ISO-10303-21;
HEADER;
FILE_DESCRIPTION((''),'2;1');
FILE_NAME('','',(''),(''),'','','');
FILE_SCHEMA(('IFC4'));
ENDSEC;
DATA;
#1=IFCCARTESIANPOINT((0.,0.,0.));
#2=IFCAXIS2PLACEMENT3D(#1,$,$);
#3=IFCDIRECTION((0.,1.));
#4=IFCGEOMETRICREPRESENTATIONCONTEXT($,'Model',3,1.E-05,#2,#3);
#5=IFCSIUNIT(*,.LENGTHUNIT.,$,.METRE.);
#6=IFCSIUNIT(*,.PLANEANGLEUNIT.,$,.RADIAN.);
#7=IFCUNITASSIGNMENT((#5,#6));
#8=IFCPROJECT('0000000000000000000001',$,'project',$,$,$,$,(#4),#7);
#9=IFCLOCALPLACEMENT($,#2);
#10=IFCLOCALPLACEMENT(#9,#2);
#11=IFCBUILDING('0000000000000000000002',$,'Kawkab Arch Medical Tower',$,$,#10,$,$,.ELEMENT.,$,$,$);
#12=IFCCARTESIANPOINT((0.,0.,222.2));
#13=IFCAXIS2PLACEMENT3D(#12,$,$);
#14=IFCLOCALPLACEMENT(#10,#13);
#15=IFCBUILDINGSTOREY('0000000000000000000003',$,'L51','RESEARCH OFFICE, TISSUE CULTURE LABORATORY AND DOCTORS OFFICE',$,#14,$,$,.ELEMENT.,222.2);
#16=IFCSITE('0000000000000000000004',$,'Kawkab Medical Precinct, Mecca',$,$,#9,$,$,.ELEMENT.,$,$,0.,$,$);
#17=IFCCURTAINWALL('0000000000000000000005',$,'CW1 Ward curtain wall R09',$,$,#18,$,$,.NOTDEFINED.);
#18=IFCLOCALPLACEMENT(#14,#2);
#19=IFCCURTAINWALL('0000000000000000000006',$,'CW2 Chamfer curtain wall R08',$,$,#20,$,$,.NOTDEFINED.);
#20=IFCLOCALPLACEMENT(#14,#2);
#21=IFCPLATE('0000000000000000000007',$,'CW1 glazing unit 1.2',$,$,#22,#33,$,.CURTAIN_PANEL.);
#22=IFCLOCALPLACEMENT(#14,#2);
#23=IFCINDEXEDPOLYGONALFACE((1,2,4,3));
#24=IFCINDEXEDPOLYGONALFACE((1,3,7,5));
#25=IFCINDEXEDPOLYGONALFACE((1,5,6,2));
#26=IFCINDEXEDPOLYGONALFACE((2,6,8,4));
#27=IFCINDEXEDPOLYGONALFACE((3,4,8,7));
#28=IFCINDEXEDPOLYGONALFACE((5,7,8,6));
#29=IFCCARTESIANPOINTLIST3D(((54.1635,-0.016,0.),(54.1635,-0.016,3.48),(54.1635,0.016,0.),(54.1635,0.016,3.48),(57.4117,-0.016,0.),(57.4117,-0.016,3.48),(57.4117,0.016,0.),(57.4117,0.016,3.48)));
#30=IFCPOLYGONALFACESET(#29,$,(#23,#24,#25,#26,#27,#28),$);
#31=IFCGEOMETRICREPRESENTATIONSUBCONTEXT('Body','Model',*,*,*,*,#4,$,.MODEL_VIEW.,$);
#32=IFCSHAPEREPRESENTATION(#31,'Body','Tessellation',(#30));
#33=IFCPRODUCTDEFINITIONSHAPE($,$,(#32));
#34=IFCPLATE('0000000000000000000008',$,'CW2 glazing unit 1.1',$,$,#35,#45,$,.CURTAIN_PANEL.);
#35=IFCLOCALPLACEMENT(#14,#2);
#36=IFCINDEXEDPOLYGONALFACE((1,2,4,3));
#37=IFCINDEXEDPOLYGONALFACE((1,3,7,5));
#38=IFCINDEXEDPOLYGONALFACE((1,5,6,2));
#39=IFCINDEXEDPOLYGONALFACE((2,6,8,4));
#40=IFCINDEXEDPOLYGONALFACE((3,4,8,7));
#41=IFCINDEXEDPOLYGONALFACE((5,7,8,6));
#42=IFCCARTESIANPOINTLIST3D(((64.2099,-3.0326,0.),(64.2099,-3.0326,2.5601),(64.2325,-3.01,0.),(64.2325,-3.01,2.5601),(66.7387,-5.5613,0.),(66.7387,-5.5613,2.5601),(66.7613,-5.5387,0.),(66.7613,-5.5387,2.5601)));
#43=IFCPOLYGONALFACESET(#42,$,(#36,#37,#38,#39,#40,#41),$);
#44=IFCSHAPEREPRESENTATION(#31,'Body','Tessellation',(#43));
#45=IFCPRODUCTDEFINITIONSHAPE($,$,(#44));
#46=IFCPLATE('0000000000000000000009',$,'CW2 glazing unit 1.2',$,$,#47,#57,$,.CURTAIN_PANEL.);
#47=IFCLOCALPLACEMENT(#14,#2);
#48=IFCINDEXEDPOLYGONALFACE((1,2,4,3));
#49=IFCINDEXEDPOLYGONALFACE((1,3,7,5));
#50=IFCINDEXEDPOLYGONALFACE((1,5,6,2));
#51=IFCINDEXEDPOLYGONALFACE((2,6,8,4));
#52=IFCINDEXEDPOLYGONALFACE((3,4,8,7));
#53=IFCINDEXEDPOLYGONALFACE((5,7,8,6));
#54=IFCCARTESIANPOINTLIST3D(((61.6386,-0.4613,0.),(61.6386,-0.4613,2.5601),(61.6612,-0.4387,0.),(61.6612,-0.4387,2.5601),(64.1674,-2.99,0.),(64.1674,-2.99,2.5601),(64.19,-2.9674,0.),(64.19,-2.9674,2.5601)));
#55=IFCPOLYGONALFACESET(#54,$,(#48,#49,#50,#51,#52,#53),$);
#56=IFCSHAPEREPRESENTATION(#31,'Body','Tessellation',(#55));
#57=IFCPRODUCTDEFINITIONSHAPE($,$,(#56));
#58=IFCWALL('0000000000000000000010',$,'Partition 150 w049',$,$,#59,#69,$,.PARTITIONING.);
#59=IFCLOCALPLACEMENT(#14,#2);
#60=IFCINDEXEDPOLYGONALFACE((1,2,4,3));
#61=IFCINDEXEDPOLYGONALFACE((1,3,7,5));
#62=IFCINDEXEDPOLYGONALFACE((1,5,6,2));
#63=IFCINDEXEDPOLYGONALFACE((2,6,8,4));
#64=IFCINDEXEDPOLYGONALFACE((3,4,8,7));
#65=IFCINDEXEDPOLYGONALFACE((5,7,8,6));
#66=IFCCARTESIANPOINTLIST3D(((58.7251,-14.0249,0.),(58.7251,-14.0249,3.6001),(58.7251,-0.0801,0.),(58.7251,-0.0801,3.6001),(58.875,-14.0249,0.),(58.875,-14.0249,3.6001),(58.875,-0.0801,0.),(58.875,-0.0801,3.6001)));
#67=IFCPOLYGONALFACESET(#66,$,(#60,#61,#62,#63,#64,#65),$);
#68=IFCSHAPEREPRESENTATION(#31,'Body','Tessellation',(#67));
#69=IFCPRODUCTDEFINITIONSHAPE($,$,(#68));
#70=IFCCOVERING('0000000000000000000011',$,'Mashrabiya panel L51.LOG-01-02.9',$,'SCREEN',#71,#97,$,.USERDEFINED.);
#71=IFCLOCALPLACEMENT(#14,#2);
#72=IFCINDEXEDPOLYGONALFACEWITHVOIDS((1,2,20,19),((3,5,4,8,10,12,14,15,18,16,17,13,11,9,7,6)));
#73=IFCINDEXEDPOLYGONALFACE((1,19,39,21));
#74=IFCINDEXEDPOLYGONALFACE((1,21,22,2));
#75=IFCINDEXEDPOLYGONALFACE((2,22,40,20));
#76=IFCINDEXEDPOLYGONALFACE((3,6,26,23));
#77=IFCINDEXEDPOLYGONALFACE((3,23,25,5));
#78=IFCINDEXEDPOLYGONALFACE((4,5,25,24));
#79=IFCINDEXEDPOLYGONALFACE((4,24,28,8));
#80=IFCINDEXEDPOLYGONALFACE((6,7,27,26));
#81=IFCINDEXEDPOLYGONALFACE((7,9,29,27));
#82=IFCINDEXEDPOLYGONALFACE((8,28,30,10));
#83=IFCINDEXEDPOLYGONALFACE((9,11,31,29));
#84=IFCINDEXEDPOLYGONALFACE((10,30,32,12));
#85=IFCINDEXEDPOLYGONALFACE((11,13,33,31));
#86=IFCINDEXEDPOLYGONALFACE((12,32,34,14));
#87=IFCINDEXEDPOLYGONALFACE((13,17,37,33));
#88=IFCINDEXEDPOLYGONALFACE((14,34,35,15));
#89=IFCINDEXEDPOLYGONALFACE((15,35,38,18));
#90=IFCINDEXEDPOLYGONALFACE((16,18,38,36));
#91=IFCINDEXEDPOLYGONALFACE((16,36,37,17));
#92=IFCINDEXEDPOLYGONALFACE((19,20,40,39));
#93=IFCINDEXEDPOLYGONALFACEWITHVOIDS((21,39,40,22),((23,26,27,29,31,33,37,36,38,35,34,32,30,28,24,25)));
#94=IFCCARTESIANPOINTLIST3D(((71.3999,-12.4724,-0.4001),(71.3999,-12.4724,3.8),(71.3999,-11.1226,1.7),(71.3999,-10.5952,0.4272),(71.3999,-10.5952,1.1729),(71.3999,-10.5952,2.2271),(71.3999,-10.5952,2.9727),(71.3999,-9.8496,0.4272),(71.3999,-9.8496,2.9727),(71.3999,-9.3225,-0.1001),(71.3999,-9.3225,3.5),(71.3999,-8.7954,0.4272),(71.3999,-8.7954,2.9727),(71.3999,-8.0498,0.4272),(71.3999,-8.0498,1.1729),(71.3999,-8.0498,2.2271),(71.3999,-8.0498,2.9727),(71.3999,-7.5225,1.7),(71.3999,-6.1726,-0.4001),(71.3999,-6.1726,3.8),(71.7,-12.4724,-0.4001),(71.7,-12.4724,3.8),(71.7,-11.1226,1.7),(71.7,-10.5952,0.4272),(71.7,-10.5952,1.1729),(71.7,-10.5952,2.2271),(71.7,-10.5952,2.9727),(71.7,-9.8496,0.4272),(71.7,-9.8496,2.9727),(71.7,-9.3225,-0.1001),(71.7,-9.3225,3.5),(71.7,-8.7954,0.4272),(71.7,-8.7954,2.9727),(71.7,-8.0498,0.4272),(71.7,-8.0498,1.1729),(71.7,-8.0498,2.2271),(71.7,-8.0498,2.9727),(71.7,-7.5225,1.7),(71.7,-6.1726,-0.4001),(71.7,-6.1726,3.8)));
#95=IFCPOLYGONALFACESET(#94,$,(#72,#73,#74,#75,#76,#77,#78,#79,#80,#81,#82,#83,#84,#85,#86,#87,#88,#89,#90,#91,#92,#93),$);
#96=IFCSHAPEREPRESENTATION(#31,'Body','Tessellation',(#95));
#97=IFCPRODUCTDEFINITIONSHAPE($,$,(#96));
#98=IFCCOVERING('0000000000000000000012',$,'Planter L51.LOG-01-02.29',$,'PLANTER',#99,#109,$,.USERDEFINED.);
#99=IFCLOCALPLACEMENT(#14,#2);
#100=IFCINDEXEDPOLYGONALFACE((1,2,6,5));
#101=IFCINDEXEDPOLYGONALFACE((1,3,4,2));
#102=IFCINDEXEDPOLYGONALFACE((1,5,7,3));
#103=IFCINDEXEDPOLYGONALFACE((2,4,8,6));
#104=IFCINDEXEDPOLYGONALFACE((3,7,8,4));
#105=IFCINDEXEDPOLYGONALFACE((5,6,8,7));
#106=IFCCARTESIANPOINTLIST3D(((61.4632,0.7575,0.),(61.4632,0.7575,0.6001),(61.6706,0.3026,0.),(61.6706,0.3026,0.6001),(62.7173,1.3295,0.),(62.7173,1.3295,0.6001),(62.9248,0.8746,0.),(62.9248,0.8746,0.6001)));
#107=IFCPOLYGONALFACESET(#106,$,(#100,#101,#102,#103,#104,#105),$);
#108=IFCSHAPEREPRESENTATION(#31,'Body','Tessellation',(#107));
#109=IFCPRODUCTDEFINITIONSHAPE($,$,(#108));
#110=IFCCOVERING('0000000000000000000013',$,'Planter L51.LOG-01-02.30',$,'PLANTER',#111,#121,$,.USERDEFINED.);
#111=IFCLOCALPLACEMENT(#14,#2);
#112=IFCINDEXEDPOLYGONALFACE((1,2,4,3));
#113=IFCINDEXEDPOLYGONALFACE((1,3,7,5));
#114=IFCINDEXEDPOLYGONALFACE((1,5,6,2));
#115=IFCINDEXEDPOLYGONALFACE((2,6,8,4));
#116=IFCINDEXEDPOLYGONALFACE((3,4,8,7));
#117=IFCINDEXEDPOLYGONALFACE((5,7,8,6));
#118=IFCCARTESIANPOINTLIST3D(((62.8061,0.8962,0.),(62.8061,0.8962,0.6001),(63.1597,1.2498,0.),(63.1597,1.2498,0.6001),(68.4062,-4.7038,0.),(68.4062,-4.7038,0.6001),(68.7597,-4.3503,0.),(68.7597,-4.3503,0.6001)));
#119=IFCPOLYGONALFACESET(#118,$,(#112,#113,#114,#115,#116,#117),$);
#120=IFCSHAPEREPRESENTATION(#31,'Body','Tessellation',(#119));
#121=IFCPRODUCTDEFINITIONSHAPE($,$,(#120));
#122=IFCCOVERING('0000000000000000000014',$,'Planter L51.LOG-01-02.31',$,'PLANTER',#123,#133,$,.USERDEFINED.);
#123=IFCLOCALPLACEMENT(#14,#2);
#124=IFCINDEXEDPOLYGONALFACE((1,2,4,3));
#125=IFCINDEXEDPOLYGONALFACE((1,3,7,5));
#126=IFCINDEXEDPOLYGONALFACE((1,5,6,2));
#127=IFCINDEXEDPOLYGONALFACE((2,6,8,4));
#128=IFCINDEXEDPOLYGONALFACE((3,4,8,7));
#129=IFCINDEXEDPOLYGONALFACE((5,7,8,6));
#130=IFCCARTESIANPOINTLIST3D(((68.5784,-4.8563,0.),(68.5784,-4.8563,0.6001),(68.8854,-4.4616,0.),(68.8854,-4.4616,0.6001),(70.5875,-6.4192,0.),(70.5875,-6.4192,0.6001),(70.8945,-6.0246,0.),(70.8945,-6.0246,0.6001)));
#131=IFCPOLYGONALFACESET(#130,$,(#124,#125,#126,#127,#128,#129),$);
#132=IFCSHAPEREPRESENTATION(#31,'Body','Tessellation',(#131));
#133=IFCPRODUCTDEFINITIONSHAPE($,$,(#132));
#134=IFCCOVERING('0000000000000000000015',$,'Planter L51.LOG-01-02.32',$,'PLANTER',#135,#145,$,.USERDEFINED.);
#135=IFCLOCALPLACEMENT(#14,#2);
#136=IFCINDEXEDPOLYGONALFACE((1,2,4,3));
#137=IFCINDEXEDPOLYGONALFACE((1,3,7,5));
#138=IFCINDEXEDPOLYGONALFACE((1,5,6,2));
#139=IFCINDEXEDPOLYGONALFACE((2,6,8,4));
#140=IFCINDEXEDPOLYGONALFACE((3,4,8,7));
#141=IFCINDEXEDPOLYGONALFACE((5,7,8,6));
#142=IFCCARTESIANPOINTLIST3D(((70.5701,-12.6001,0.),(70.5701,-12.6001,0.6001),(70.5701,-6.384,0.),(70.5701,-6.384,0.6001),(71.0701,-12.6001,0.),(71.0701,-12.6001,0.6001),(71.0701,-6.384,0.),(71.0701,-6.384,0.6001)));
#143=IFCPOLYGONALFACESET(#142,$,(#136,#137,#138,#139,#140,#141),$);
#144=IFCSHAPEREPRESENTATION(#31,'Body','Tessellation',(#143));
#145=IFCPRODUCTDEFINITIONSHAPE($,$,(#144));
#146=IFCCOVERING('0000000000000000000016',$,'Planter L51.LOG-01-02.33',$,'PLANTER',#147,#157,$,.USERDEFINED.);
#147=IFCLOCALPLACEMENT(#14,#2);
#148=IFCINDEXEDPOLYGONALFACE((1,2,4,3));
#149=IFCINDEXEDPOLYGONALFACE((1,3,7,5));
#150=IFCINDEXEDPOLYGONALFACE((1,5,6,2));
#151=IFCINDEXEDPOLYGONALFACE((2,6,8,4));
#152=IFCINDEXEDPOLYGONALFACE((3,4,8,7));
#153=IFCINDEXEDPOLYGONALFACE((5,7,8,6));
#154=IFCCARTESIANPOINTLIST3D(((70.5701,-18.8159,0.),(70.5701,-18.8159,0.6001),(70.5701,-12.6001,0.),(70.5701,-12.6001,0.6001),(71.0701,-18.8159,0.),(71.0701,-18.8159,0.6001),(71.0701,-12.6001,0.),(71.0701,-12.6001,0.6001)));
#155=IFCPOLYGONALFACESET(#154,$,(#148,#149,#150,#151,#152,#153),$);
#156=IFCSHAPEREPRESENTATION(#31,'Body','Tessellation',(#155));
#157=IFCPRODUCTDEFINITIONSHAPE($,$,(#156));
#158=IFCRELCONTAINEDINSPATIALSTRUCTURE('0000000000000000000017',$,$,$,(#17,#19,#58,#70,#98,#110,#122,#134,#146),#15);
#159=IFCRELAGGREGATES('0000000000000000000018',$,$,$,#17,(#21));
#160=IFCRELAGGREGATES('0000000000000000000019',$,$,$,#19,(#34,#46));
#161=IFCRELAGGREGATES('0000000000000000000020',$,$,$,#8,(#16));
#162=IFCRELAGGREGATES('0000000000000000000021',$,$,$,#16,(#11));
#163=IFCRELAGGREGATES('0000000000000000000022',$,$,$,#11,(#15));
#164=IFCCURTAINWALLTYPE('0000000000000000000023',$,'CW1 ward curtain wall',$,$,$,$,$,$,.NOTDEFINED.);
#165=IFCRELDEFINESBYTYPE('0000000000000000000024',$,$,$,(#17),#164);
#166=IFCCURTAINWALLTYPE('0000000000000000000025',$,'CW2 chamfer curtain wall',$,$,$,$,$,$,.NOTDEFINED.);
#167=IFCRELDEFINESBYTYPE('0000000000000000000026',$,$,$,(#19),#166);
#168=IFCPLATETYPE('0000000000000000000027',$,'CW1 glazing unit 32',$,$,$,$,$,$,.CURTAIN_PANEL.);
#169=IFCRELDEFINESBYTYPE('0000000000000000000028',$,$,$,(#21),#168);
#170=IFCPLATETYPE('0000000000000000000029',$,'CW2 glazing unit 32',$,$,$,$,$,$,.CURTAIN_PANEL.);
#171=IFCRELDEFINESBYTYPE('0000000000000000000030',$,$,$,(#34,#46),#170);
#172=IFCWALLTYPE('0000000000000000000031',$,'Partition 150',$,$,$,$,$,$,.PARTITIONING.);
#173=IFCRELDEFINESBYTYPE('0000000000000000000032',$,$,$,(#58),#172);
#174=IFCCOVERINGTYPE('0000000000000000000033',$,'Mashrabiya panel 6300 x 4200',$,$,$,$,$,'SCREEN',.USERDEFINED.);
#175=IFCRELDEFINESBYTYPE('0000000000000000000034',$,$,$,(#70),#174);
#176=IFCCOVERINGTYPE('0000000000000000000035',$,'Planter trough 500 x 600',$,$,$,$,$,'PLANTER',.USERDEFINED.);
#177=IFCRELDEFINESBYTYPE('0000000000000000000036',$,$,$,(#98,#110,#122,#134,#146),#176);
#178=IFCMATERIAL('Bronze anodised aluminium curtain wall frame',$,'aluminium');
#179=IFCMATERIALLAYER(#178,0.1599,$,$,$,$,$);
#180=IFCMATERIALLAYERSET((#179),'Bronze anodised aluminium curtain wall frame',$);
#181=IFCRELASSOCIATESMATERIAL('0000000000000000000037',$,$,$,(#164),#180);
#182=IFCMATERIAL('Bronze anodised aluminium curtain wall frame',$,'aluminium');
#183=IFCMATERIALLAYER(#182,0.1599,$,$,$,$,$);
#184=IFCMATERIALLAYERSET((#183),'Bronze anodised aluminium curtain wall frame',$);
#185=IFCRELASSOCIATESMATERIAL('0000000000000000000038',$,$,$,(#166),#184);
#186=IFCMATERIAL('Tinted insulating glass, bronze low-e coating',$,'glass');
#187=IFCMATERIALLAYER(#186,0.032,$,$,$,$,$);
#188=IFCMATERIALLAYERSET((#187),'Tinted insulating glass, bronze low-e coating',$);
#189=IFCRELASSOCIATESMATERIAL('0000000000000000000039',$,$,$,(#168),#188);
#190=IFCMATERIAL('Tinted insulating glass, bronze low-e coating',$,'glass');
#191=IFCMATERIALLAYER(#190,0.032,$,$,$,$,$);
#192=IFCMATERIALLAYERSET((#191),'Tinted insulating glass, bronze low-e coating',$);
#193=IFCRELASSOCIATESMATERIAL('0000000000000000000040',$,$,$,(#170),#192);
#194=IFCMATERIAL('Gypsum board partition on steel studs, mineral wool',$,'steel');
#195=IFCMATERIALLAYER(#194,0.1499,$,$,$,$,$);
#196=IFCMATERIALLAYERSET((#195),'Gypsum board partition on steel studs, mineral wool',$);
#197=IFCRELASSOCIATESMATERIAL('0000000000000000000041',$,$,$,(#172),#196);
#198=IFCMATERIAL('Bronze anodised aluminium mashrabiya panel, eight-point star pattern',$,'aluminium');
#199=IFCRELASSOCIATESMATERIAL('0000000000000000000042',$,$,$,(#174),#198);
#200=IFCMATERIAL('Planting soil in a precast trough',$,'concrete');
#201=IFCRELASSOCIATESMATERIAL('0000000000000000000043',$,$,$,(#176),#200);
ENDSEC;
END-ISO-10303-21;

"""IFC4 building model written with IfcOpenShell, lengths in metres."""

from ifc_helpers import new_model, si_unit, direction, frame, frame_2d, origin, origin_2d, place, context, subcontext, project, spatial, polyline, rectangle, outline, extrude, material, layer, layer_set, material_profile, profile_set, type_object, element, aggregate, save


model = new_model("IFC4")

# Units and contexts
model_context = context("Model", 3, precision=1e-05, world=origin(), true_north=direction((0.0, 1.0)))
body_context = subcontext(model_context, "Body", "Model", "MODEL_VIEW")
ifc_project = project(units=[si_unit("LENGTHUNIT", "METRE"), si_unit("PLANEANGLEUNIT", "RADIAN")], contexts=[model_context])

# Site, building, storey
site_placement = place(None, origin())
site = spatial("IfcSite", under=ifc_project, at=site_placement, Name="Kawkab Medical Precinct, Mecca", CompositionType="ELEMENT", RefElevation=0.0)
building_placement = place(site_placement, origin())
building = spatial("IfcBuilding", under=site, at=building_placement, Name="Kawkab Arch Medical Tower", CompositionType="ELEMENT")
storey_placement = place(building_placement, frame((0.0, 0.0, 222.2)))
storey = spatial("IfcBuildingStorey", under=building, at=storey_placement, Name="L51", Description="RESEARCH OFFICE, TISSUE CULTURE LABORATORY AND DOCTORS OFFICE", CompositionType="ELEMENT", Elevation=222.2)

# Curtain walls
ifc_material_1 = material(Name="Bronze anodised aluminium curtain wall frame", Category="aluminium")
ifc_layer_1 = layer(ifc_material_1, 0.1599)
ifc_layer_set_1 = layer_set([ifc_layer_1], Name="Bronze anodised aluminium curtain wall frame")
curtain_wall_type_1 = type_object("IfcCurtainWallType", Name="CW1 ward curtain wall", PredefinedType="NOTDEFINED", material=ifc_layer_set_1)
placement = place(storey_placement, origin())
curtain_wall_1 = element("IfcCurtainWall", 1, at=placement, inside=storey, type_object=curtain_wall_type_1, Name="CW1 Ward curtain wall R09", PredefinedType="NOTDEFINED")
ifc_material_2 = material(Name="Bronze anodised aluminium curtain wall frame", Category="aluminium")
ifc_layer_2 = layer(ifc_material_2, 0.1599)
ifc_layer_set_2 = layer_set([ifc_layer_2], Name="Bronze anodised aluminium curtain wall frame")
curtain_wall_type_2 = type_object("IfcCurtainWallType", Name="CW2 chamfer curtain wall", PredefinedType="NOTDEFINED", material=ifc_layer_set_2)
curtain_wall_2 = element("IfcCurtainWall", 2, at=placement, inside=storey, type_object=curtain_wall_type_2, Name="CW2 Chamfer curtain wall R08", PredefinedType="NOTDEFINED")

# Shared definitions
ifc_material_3 = material(Name="Tinted insulating glass, bronze low-e coating", Category="glass")
ifc_layer_3 = layer(ifc_material_3, 0.032)
ifc_layer_set_3 = layer_set([ifc_layer_3], Name="Tinted insulating glass, bronze low-e coating")
plate_type_1 = type_object("IfcPlateType", Name="CW1 glazing unit 32", PredefinedType="CURTAIN_PANEL", material=ifc_layer_set_3)

# Plates
plate_1_placement = place(storey_placement, frame((55.7876, 0.0, 0.0), z_axis=(0.0, 0.0, 1.0), x_axis=(-1.0, 0.0, 0.0)))
plate_1 = element("IfcPlate", 3, at=plate_1_placement, type_object=plate_type_1, Name="CW1 glazing unit 1.2", PredefinedType="CURTAIN_PANEL", context=body_context, shape_type="SweptSolid", body=[
    extrude(rectangle(XDim=3.2483, YDim=0.032, at=origin_2d()), origin(), (0.0, 0.0, 1.0), 3.48),
])
aggregate(curtain_wall_1, [plate_1])
ifc_material_4 = material(Name="Tinted insulating glass, bronze low-e coating", Category="glass")
ifc_layer_4 = layer(ifc_material_4, 0.032)
ifc_layer_set_4 = layer_set([ifc_layer_4], Name="Tinted insulating glass, bronze low-e coating")
plate_type_2 = type_object("IfcPlateType", Name="CW2 glazing unit 32", PredefinedType="CURTAIN_PANEL", material=ifc_layer_set_4)
plate_2_placement = place(storey_placement, frame((65.4856, -4.2856, 0.0), z_axis=(0.0, 0.0, 1.0), x_axis=(-0.707107, 0.707107, 0.0)))
plate_2 = element("IfcPlate", 4, at=plate_2_placement, type_object=plate_type_2, Name="CW2 glazing unit 1.1", PredefinedType="CURTAIN_PANEL", context=body_context, shape_type="SweptSolid", body=[
    extrude(rectangle(XDim=3.5762, YDim=0.032, at=origin_2d()), origin(), (0.0, 0.0, 1.0), 2.5601),
])
plate_3_placement = place(storey_placement, frame((62.9143, -1.7144, 0.0), z_axis=(0.0, 0.0, 1.0), x_axis=(-0.707107, 0.707107, 0.0)))
plate_3 = element("IfcPlate", 5, at=plate_3_placement, type_object=plate_type_2, Name="CW2 glazing unit 1.2", PredefinedType="CURTAIN_PANEL", context=body_context, shape_type="SweptSolid", body=[
    extrude(rectangle(XDim=3.5762, YDim=0.032, at=origin_2d()), origin(), (0.0, 0.0, 1.0), 2.5601),
])
aggregate(curtain_wall_2, [plate_2, plate_3])

# Wall
ifc_material_5 = material(Name="Gypsum board partition on steel studs, mineral wool", Category="steel")
ifc_layer_5 = layer(ifc_material_5, 0.1499)
ifc_layer_set_5 = layer_set([ifc_layer_5], Name="Gypsum board partition on steel studs, mineral wool")
wall_type = type_object("IfcWallType", Name="Partition 150", PredefinedType="PARTITIONING", material=ifc_layer_set_5)
wall_placement = place(storey_placement, frame((58.8, -14.0249, 0.0), z_axis=(0.0, 0.0, 1.0), x_axis=(0.0, 1.0, 0.0)))
element("IfcWall", 6, at=wall_placement, inside=storey, type_object=wall_type, Name="Partition 150 w049", PredefinedType="PARTITIONING", context=body_context, shape_type="SweptSolid", body=[
    extrude(rectangle(XDim=13.9448, YDim=0.1499, at=frame_2d((6.9724, 0.0))), origin(), (0.0, 0.0, 1.0), 3.6001),
])

# Coverings
ifc_material_6 = material(Name="Bronze anodised aluminium mashrabiya panel, eight-point star pattern", Category="aluminium")
ifc_material_profile_1 = material_profile(ifc_material_6, outline(polyline([(-3.1499, -2.1001), (3.1499, -2.1001), (3.1499, 2.1001), (-3.1499, 2.1001), (-3.1499, -2.1001)]), holes=[polyline([(1.8, 0.0), (1.2727, 0.5271), (1.2727, 1.2727), (0.5271, 1.2727), (0.0, 1.8), (-0.5271, 1.2727), (-1.2727, 1.2727), (-1.2727, 0.5271), (-1.8, 0.0), (-1.2727, -0.5271), (-1.2727, -1.2727), (-0.5271, -1.2727), (0.0, -1.8), (0.5271, -1.2727), (1.2727, -1.2727), (1.2727, -0.5271), (1.8, 0.0)])]), Name="Mashrabiya panel 6300x4200")
ifc_profile_set_1 = profile_set([ifc_material_profile_1], Name="Bronze anodised aluminium mashrabiya panel, eight-point star pattern")
covering_type_1 = type_object("IfcCoveringType", Name="Mashrabiya panel 6300 x 4200", ElementType="SCREEN", PredefinedType="USERDEFINED", material=ifc_profile_set_1)
covering_1_placement = place(storey_placement, frame((71.3999, -9.3225, 1.7), z_axis=(1.0, 0.0, 0.0), x_axis=(0.0, 1.0, 0.0)))
element("IfcCovering", 7, at=covering_1_placement, inside=storey, type_object=covering_type_1, Name="Mashrabiya panel L51.LOG-01-02.9", ObjectType="SCREEN", PredefinedType="USERDEFINED", context=body_context, shape_type="SweptSolid", body=[
    extrude(outline(polyline([(-3.1499, -2.1001), (3.1499, -2.1001), (3.1499, 2.1001), (-3.1499, 2.1001), (-3.1499, -2.1001)]), holes=[polyline([(1.8, 0.0), (1.2727, 0.5271), (1.2727, 1.2727), (0.5271, 1.2727), (0.0, 1.8), (-0.5271, 1.2727), (-1.2727, 1.2727), (-1.2727, 0.5271), (-1.8, 0.0), (-1.2727, -0.5271), (-1.2727, -1.2727), (-0.5271, -1.2727), (0.0, -1.8), (0.5271, -1.2727), (1.2727, -1.2727), (1.2727, -0.5271), (1.8, 0.0)])]), origin(), (0.0, 0.0, 1.0), 0.3),
])
ifc_material_7 = material(Name="Planting soil in a precast trough", Category="concrete")
ifc_material_profile_2 = material_profile(ifc_material_7, rectangle(XDim=0.5, YDim=0.6001, at=origin_2d()), Name="Trough 500x600")
ifc_profile_set_2 = profile_set([ifc_material_profile_2], Name="Planting soil in a precast trough")
covering_type_2 = type_object("IfcCoveringType", Name="Planter trough 500 x 600", ElementType="PLANTER", PredefinedType="USERDEFINED", material=ifc_profile_set_2)
covering_2_placement = place(storey_placement, frame((61.5669, 0.53, 0.3), z_axis=(0.909832, 0.414977, 0.0), x_axis=(-0.414977, 0.909832, 0.0)))
element("IfcCovering", 8, at=covering_2_placement, inside=storey, type_object=covering_type_2, Name="Planter L51.LOG-01-02.29", ObjectType="PLANTER", PredefinedType="USERDEFINED", context=body_context, shape_type="SweptSolid", body=[
    extrude(rectangle(XDim=0.5, YDim=0.6001, at=origin_2d()), origin(), (0.0, 0.0, 1.0), 1.3784),
])
covering_3_placement = place(storey_placement, frame((62.9829, 1.073, 0.3), z_axis=(0.707107, -0.707107, 0.0), x_axis=(0.707107, 0.707107, 0.0)))
element("IfcCovering", 9, at=covering_3_placement, inside=storey, type_object=covering_type_2, Name="Planter L51.LOG-01-02.30", ObjectType="PLANTER", PredefinedType="USERDEFINED", context=body_context, shape_type="SweptSolid", body=[
    extrude(rectangle(XDim=0.5, YDim=0.6001, at=origin_2d()), origin(), (0.0, 0.0, 1.0), 7.9197),
])
covering_4_placement = place(storey_placement, frame((68.7319, -4.6589, 0.3), z_axis=(0.789275, -0.61404, 0.0), x_axis=(0.61404, 0.789275, 0.0)))
element("IfcCovering", 10, at=covering_4_placement, inside=storey, type_object=covering_type_2, Name="Planter L51.LOG-01-02.31", ObjectType="PLANTER", PredefinedType="USERDEFINED", context=body_context, shape_type="SweptSolid", body=[
    extrude(rectangle(XDim=0.5, YDim=0.6001, at=origin_2d()), origin(), (0.0, 0.0, 1.0), 2.5454),
])
covering_5_placement = place(storey_placement, frame((70.8201, -6.384, 0.3), z_axis=(0.0, -1.0, 0.0), x_axis=(1.0, 0.0, 0.0)))
element("IfcCovering", 11, at=covering_5_placement, inside=storey, type_object=covering_type_2, Name="Planter L51.LOG-01-02.32", ObjectType="PLANTER", PredefinedType="USERDEFINED", context=body_context, shape_type="SweptSolid", body=[
    extrude(rectangle(XDim=0.5, YDim=0.6001, at=origin_2d()), origin(), (0.0, 0.0, 1.0), 6.2161),
])
covering_6_placement = place(storey_placement, frame((70.8201, -12.6001, 0.3), z_axis=(0.0, -1.0, 0.0), x_axis=(1.0, 0.0, 0.0)))
element("IfcCovering", 12, at=covering_6_placement, inside=storey, type_object=covering_type_2, Name="Planter L51.LOG-01-02.33", ObjectType="PLANTER", PredefinedType="USERDEFINED", context=body_context, shape_type="SweptSolid", body=[
    extrude(rectangle(XDim=0.5, YDim=0.6001, at=origin_2d()), origin(), (0.0, 0.0, 1.0), 6.2158),
])

save(model, "model.ifc")
